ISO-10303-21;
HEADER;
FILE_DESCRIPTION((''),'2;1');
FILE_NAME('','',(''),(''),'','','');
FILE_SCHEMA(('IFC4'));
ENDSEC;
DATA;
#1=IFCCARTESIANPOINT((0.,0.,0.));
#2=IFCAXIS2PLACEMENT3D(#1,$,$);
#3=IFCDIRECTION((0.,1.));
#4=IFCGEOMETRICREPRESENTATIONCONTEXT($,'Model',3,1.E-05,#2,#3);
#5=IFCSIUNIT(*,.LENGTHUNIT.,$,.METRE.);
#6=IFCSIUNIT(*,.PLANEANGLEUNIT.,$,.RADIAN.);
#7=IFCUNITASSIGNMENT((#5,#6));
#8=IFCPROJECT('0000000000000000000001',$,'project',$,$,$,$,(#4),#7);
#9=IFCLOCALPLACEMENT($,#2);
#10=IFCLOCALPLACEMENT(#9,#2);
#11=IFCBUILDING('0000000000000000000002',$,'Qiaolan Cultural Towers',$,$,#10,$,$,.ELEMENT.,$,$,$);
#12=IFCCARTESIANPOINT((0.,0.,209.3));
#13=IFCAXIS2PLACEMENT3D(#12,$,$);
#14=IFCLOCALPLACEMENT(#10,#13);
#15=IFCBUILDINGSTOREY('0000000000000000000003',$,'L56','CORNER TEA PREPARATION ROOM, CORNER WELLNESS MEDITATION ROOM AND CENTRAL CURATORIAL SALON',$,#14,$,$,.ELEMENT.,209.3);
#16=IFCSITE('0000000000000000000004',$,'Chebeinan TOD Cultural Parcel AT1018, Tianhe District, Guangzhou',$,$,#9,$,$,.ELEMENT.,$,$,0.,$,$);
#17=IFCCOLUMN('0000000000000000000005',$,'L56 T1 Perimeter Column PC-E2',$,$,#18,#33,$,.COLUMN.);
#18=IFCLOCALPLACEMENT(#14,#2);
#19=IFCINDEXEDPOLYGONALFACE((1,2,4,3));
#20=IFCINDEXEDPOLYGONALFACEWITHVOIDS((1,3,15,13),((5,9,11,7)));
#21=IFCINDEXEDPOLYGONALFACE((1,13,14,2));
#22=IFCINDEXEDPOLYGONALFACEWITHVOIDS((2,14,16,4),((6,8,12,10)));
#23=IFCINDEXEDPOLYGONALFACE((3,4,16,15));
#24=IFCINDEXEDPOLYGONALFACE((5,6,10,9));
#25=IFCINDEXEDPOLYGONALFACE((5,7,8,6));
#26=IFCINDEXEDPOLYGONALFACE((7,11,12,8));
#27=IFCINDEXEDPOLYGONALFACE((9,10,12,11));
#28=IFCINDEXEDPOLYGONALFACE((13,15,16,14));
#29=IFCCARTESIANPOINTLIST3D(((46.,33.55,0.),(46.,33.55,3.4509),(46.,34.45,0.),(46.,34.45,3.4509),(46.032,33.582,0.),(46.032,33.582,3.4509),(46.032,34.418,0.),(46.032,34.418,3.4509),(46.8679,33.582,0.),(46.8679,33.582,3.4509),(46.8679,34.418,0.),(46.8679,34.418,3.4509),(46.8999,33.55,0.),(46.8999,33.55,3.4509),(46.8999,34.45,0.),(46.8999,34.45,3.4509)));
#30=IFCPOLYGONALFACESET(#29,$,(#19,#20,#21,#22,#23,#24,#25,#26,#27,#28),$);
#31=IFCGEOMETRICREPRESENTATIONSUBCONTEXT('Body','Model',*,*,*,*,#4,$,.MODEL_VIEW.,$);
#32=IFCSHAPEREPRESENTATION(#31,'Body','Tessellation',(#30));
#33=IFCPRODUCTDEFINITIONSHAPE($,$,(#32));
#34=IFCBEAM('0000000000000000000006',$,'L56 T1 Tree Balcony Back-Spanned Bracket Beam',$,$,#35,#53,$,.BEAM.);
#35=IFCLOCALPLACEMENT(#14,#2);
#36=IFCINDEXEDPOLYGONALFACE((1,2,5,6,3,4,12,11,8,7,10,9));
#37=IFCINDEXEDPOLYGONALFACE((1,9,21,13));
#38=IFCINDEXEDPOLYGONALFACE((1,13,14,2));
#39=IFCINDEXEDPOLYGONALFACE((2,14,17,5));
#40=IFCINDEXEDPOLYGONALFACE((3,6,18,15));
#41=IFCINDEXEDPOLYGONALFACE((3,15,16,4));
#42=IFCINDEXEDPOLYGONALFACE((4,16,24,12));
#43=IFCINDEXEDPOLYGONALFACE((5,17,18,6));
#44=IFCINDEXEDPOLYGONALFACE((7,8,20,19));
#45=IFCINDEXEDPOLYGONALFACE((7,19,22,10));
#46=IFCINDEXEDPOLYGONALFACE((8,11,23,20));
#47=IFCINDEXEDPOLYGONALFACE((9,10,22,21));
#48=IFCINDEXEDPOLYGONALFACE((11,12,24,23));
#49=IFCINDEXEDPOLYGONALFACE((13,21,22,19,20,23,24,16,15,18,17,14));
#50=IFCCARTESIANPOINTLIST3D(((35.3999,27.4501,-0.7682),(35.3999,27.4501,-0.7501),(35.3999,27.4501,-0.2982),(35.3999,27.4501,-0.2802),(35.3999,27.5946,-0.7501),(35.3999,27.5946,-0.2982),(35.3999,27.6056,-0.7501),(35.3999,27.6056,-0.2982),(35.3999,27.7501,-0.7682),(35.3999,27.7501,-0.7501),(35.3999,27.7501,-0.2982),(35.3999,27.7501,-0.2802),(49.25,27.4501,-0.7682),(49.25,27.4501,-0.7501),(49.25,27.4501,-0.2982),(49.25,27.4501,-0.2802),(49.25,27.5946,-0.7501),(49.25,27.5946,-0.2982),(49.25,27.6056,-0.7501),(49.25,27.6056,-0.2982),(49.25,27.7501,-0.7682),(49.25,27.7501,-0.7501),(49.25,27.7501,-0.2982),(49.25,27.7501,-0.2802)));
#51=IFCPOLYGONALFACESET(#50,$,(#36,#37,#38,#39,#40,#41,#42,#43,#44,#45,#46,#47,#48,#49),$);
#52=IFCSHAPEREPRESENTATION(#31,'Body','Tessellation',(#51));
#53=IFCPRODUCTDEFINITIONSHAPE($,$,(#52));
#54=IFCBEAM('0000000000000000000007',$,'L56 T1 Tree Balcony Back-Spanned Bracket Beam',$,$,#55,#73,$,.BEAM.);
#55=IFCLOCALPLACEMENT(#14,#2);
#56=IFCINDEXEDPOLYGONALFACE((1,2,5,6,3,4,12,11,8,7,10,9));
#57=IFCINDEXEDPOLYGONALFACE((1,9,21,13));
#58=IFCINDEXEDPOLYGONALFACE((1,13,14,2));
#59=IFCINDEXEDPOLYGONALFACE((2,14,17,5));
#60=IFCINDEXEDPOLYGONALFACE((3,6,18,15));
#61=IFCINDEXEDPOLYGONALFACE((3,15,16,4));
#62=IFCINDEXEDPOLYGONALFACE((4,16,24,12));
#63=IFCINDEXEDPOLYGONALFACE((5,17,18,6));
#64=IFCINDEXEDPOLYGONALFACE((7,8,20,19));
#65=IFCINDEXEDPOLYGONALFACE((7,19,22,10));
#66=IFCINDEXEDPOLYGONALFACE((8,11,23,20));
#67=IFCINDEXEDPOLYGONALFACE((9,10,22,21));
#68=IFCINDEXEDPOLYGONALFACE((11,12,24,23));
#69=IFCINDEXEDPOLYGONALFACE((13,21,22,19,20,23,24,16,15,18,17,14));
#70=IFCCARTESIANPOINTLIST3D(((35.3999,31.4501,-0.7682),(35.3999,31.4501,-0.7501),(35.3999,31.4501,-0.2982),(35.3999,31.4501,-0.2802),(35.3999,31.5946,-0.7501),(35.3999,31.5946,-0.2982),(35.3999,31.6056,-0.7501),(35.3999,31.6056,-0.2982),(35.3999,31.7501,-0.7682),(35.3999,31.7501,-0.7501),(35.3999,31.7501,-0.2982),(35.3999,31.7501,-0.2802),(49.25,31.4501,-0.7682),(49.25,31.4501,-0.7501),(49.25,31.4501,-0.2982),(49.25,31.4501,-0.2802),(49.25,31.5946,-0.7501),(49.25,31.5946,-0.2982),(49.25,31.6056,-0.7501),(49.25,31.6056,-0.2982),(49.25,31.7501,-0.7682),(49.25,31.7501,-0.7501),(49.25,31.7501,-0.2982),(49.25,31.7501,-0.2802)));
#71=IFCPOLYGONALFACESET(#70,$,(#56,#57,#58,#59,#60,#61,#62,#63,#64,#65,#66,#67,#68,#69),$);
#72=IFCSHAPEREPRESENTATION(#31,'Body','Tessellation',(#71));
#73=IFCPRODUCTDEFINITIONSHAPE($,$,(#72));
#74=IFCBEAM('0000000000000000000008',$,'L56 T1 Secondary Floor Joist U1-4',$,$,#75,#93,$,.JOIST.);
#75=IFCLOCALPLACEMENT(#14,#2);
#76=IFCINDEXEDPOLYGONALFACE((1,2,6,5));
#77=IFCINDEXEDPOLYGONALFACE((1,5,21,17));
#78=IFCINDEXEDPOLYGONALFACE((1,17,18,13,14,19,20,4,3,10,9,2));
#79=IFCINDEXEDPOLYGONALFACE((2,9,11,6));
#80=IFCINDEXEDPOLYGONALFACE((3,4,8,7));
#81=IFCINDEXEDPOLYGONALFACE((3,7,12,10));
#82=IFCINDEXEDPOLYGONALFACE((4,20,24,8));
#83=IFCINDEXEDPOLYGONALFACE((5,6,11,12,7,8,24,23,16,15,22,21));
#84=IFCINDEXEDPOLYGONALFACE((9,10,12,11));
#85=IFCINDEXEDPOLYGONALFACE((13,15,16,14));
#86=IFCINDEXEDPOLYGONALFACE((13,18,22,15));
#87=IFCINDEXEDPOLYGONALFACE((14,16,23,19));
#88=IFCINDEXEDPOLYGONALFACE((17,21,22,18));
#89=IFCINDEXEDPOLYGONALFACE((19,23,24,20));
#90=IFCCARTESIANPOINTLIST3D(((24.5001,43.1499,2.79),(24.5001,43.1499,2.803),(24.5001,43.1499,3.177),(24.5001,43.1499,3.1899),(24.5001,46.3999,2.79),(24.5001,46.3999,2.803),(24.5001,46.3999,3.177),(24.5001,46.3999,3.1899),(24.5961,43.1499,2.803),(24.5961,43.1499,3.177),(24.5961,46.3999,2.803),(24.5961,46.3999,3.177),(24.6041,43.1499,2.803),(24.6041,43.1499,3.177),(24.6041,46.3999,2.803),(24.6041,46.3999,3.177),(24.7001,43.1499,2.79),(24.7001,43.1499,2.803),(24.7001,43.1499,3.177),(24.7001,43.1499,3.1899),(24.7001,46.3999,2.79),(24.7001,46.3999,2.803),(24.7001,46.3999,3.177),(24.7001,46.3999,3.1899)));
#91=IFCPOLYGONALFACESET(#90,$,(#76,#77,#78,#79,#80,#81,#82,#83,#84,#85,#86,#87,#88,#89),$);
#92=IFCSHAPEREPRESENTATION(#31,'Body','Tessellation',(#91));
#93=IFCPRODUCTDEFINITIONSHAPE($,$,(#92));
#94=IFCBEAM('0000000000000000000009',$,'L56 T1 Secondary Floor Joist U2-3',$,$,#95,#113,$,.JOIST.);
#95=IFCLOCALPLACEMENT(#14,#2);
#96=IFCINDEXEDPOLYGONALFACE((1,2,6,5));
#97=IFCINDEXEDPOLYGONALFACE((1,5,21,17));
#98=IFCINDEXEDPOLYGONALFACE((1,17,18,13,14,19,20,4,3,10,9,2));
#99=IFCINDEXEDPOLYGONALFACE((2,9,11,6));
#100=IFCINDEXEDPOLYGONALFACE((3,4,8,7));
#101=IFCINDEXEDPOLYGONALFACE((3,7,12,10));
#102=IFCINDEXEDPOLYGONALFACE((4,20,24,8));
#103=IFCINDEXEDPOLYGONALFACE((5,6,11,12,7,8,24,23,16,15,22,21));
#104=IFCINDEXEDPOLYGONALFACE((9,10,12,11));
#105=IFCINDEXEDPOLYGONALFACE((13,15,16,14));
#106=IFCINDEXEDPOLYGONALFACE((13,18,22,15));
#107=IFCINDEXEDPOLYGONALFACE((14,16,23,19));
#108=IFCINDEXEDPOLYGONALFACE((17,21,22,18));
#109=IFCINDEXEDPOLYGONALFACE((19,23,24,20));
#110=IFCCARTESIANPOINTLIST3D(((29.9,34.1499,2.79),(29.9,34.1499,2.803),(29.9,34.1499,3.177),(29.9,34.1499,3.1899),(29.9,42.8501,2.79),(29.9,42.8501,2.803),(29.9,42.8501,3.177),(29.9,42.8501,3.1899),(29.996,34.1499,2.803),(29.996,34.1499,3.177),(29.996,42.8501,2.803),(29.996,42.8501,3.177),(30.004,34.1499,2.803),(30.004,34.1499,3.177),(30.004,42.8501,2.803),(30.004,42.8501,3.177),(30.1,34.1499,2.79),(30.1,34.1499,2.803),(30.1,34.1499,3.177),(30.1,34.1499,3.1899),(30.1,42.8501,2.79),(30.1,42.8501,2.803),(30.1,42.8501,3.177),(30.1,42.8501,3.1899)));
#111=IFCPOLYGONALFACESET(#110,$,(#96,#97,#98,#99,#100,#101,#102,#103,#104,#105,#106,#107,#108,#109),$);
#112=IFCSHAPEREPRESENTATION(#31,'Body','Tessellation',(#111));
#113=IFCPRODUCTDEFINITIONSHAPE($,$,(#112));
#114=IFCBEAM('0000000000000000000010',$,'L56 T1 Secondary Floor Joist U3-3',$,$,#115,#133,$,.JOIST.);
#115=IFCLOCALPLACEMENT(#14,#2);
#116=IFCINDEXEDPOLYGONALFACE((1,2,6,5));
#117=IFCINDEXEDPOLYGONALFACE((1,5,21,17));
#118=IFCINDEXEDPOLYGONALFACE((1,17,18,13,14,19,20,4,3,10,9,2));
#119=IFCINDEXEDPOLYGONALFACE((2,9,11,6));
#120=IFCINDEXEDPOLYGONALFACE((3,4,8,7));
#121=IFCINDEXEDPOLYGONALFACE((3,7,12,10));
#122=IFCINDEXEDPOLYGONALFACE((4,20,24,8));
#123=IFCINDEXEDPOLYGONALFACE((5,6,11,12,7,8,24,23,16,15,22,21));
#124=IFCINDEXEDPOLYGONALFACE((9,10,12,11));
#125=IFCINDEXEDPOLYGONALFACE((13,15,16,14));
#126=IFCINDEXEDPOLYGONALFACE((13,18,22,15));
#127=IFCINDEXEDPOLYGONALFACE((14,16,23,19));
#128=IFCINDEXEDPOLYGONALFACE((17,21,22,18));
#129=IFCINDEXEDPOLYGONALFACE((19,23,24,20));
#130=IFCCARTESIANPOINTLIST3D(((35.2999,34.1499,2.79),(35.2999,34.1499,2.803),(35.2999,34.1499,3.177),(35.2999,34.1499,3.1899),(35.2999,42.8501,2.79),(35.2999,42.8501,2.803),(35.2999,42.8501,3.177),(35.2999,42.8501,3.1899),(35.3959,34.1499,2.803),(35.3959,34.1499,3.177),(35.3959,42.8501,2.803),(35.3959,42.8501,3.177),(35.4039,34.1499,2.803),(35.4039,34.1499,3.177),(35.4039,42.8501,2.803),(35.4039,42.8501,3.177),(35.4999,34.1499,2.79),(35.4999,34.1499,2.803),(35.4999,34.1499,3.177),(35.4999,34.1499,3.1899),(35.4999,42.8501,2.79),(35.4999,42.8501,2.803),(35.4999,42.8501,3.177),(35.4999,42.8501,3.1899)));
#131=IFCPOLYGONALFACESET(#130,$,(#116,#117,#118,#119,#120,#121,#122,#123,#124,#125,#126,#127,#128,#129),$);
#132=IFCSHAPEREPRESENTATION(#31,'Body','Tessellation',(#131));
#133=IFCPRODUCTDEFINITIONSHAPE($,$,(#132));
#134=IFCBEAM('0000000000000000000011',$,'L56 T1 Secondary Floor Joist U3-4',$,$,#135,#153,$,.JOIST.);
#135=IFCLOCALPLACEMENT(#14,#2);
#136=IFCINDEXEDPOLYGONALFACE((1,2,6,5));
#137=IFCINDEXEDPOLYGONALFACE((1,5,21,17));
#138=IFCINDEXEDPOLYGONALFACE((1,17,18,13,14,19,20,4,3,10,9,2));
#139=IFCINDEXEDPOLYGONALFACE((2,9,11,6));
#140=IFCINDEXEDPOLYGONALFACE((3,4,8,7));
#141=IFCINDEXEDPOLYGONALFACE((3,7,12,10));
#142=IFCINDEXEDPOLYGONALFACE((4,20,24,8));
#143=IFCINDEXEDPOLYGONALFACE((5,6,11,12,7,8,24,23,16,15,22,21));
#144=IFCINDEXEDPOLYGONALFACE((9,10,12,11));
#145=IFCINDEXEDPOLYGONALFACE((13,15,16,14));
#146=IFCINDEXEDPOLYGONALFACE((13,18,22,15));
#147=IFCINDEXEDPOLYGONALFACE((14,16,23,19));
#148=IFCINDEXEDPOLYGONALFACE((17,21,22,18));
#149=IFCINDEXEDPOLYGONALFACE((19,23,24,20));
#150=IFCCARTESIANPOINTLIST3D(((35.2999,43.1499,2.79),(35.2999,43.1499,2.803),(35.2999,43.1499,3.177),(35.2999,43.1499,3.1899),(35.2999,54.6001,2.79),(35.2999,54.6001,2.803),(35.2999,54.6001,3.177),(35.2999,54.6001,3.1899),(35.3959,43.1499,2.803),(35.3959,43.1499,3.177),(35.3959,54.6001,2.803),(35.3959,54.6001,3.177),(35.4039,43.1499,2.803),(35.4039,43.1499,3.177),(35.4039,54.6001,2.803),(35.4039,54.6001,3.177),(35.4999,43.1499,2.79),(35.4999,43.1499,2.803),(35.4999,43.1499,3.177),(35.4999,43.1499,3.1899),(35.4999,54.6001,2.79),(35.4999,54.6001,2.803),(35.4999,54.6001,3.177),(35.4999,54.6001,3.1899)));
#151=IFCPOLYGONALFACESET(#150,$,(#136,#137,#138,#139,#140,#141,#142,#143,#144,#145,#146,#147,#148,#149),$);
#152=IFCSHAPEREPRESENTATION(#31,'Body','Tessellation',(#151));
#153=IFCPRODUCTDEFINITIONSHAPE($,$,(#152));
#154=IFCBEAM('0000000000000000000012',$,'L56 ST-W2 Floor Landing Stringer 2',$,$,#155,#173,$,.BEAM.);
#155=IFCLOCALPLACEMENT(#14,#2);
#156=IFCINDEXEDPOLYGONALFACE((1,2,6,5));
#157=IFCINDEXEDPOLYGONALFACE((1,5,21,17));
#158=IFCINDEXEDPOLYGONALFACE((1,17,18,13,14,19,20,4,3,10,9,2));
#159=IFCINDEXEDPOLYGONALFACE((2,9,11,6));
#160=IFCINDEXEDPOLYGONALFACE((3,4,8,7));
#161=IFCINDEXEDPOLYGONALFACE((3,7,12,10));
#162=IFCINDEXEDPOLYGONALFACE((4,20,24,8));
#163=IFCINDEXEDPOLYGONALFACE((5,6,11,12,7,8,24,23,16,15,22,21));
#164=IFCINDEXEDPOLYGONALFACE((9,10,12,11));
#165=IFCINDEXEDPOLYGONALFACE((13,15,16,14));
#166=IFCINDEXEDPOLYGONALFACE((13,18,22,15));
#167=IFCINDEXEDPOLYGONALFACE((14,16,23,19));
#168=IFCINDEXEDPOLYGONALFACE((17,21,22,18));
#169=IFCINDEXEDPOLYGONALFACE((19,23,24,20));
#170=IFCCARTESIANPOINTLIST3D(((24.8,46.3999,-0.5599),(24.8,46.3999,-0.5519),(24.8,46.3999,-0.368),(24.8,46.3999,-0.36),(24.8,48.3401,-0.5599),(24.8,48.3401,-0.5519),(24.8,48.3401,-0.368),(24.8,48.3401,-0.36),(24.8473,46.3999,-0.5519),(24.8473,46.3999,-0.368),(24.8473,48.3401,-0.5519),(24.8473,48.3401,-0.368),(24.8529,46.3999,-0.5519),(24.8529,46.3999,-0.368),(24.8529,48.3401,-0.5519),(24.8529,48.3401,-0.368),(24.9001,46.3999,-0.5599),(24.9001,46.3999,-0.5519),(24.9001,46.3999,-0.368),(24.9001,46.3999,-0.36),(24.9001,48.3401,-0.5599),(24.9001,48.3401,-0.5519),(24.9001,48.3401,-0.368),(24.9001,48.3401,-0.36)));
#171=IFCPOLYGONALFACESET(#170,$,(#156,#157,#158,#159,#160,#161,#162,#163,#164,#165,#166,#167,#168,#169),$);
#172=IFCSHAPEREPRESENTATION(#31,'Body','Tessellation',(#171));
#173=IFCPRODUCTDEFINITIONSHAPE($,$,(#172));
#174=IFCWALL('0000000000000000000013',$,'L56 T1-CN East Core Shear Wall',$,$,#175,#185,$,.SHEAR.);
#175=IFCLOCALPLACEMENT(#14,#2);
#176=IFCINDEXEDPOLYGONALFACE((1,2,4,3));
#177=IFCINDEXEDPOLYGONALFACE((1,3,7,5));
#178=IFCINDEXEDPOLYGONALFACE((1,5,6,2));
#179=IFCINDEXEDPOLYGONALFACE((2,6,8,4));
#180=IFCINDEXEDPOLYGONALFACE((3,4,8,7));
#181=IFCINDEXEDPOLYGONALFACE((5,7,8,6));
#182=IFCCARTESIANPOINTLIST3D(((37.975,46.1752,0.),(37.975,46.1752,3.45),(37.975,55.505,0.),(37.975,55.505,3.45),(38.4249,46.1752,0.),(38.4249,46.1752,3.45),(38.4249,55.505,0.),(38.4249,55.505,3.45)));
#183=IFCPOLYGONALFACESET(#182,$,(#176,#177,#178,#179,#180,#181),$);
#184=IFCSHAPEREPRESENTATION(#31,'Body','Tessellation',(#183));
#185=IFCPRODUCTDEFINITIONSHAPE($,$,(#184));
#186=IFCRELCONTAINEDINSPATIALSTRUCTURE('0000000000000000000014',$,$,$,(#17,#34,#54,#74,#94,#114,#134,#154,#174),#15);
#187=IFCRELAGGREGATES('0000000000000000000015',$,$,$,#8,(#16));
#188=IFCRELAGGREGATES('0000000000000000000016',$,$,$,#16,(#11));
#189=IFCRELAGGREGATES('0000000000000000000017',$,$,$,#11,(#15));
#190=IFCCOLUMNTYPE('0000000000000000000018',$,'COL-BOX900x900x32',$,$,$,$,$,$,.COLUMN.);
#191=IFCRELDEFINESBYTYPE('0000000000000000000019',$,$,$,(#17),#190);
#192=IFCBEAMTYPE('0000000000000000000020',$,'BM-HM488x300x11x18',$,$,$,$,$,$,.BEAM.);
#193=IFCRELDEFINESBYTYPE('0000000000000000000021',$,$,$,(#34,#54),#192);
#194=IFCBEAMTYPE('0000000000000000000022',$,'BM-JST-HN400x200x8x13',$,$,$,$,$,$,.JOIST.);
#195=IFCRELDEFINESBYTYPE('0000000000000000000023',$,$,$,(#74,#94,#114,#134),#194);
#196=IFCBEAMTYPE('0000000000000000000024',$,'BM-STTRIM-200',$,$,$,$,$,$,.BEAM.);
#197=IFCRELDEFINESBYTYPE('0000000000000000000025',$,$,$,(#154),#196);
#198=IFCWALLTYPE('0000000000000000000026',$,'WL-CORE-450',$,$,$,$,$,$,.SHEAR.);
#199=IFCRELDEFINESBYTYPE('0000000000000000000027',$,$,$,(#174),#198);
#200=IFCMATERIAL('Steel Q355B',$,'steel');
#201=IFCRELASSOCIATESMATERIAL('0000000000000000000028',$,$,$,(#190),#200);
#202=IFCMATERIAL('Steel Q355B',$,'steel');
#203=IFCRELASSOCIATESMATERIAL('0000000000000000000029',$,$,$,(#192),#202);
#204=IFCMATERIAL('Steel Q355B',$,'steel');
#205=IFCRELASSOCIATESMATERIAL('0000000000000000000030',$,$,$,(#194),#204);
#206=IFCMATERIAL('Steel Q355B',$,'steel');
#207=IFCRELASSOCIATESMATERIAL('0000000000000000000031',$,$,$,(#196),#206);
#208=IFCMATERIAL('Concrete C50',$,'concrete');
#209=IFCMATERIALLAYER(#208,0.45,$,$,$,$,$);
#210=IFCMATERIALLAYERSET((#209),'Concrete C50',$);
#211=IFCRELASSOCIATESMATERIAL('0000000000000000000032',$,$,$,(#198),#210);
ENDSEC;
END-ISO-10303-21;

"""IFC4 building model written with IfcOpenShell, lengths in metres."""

from ifc_helpers import new_model, si_unit, direction, frame, frame_2d, origin, origin_2d, place, context, subcontext, project, spatial, rectangle, hollow_rectangle, i_section, extrude, material, layer, layer_set, material_profile, profile_set, type_object, element, save


model = new_model("IFC4")

# Units and contexts
model_context = context("Model", 3, precision=1e-05, world=origin(), true_north=direction((0.0, 1.0)))
body_context = subcontext(model_context, "Body", "Model", "MODEL_VIEW")
ifc_project = project(units=[si_unit("LENGTHUNIT", "METRE"), si_unit("PLANEANGLEUNIT", "RADIAN")], contexts=[model_context])

# Site, building, storey
site_placement = place(None, origin())
site = spatial("IfcSite", under=ifc_project, at=site_placement, Name="Chebeinan TOD Cultural Parcel AT1018, Tianhe District, Guangzhou", CompositionType="ELEMENT", RefElevation=0.0)
building_placement = place(site_placement, origin())
building = spatial("IfcBuilding", under=site, at=building_placement, Name="Qiaolan Cultural Towers", CompositionType="ELEMENT")
storey_placement = place(building_placement, frame((0.0, 0.0, 209.3)))
storey = spatial("IfcBuildingStorey", under=building, at=storey_placement, Name="L56", Description="CORNER TEA PREPARATION ROOM, CORNER WELLNESS MEDITATION ROOM AND CENTRAL CURATORIAL SALON", CompositionType="ELEMENT", Elevation=209.3)

# Column
ifc_material_1 = material(Name="Steel Q355B", Category="steel")
ifc_material_profile_1 = material_profile(ifc_material_1, hollow_rectangle(XDim=0.8999, YDim=0.8999, WallThickness=0.032, at=origin_2d()), Name="BOX900x900x32")
ifc_profile_set_1 = profile_set([ifc_material_profile_1], Name="Steel Q355B")
column_type = type_object("IfcColumnType", Name="COL-BOX900x900x32", PredefinedType="COLUMN", material=ifc_profile_set_1)
column_placement = place(storey_placement, frame((46.45, 34.0, 0.0), z_axis=(0.0, 0.0, 1.0), x_axis=(1.0, 0.0, 0.0)))
element("IfcColumn", 1, at=column_placement, inside=storey, type_object=column_type, Name="L56 T1 Perimeter Column PC-E2", PredefinedType="COLUMN", context=body_context, shape_type="SweptSolid", body=[
    extrude(hollow_rectangle(XDim=0.8999, YDim=0.8999, WallThickness=0.032, at=origin_2d()), origin(), (0.0, 0.0, 1.0), 3.4509),
])

# Beams
ifc_material_2 = material(Name="Steel Q355B", Category="steel")
ifc_material_profile_2 = material_profile(ifc_material_2, i_section(OverallWidth=0.3, OverallDepth=0.488, WebThickness=0.011, FlangeThickness=0.0181, at=origin_2d()), Name="HM488x300x11x18")
ifc_profile_set_2 = profile_set([ifc_material_profile_2], Name="Steel Q355B")
beam_type_1 = type_object("IfcBeamType", Name="BM-HM488x300x11x18", PredefinedType="BEAM", material=ifc_profile_set_2)
for number, where, z_axis, x_axis, name in (
    (2, (35.3999, 27.6001, -0.5242), (1.0, 0.0, 0.0), (0.0, 1.0, 0.0), "L56 T1 Tree Balcony Back-Spanned Bracket Beam"),
    (3, (35.3999, 31.6001, -0.5242), (1.0, 0.0, 0.0), (0.0, 1.0, 0.0), "L56 T1 Tree Balcony Back-Spanned Bracket Beam"),
):
    element("IfcBeam", number, at=place(storey_placement, frame(where, z_axis=z_axis, x_axis=x_axis)), inside=storey, type_object=beam_type_1, Name=name, PredefinedType="BEAM", context=body_context, shape_type="SweptSolid", body=[
        extrude(i_section(OverallWidth=0.3, OverallDepth=0.488, WebThickness=0.011, FlangeThickness=0.0181, at=origin_2d()), origin(), (0.0, 0.0, 1.0), 13.8501),
    ])
ifc_material_3 = material(Name="Steel Q355B", Category="steel")
ifc_material_profile_3 = material_profile(ifc_material_3, i_section(OverallWidth=0.2, OverallDepth=0.3999, WebThickness=0.0081, FlangeThickness=0.0129, at=origin_2d()), Name="HN400x200x8x13")
ifc_profile_set_3 = profile_set([ifc_material_profile_3], Name="Steel Q355B")
beam_type_2 = type_object("IfcBeamType", Name="BM-JST-HN400x200x8x13", PredefinedType="JOIST", material=ifc_profile_set_3)
beam_1_placement = place(storey_placement, frame((24.6001, 43.1499, 2.99), z_axis=(0.0, 1.0, 0.0), x_axis=(-1.0, 0.0, 0.0)))
element("IfcBeam", 4, at=beam_1_placement, inside=storey, type_object=beam_type_2, Name="L56 T1 Secondary Floor Joist U1-4", PredefinedType="JOIST", context=body_context, shape_type="SweptSolid", body=[
    extrude(i_section(OverallWidth=0.2, OverallDepth=0.3999, WebThickness=0.0081, FlangeThickness=0.0129, at=origin_2d()), origin(), (0.0, 0.0, 1.0), 3.25),
])
for number, where, z_axis, x_axis, name in (
    (5, (30.0, 34.1499, 2.99), (0.0, 1.0, 0.0), (-1.0, 0.0, 0.0), "L56 T1 Secondary Floor Joist U2-3"),
    (6, (35.3999, 34.1499, 2.99), (0.0, 1.0, 0.0), (-1.0, 0.0, 0.0), "L56 T1 Secondary Floor Joist U3-3"),
):
    element("IfcBeam", number, at=place(storey_placement, frame(where, z_axis=z_axis, x_axis=x_axis)), inside=storey, type_object=beam_type_2, Name=name, PredefinedType="JOIST", context=body_context, shape_type="SweptSolid", body=[
        extrude(i_section(OverallWidth=0.2, OverallDepth=0.3999, WebThickness=0.0081, FlangeThickness=0.0129, at=origin_2d()), origin(), (0.0, 0.0, 1.0), 8.7002),
    ])
beam_2_placement = place(storey_placement, frame((35.3999, 43.1499, 2.99), z_axis=(0.0, 1.0, 0.0), x_axis=(-1.0, 0.0, 0.0)))
element("IfcBeam", 7, at=beam_2_placement, inside=storey, type_object=beam_type_2, Name="L56 T1 Secondary Floor Joist U3-4", PredefinedType="JOIST", context=body_context, shape_type="SweptSolid", body=[
    extrude(i_section(OverallWidth=0.2, OverallDepth=0.3999, WebThickness=0.0081, FlangeThickness=0.0129, at=origin_2d()), origin(), (0.0, 0.0, 1.0), 11.4502),
])
ifc_material_4 = material(Name="Steel Q355B", Category="steel")
ifc_material_profile_4 = material_profile(ifc_material_4, i_section(OverallWidth=0.1001, OverallDepth=0.2, WebThickness=0.0056, FlangeThickness=0.0081, at=origin_2d()), Name="HN200x100x5.5x8")
ifc_profile_set_4 = profile_set([ifc_material_profile_4], Name="Steel Q355B")
beam_type_3 = type_object("IfcBeamType", Name="BM-STTRIM-200", PredefinedType="BEAM", material=ifc_profile_set_4)
beam_3_placement = place(storey_placement, frame((24.8501, 46.3999, -0.46), z_axis=(0.0, 1.0, 0.0), x_axis=(-1.0, 0.0, 0.0)))
element("IfcBeam", 8, at=beam_3_placement, inside=storey, type_object=beam_type_3, Name="L56 ST-W2 Floor Landing Stringer 2", PredefinedType="BEAM", context=body_context, shape_type="SweptSolid", body=[
    extrude(i_section(OverallWidth=0.1001, OverallDepth=0.2, WebThickness=0.0056, FlangeThickness=0.0081, at=origin_2d()), origin(), (0.0, 0.0, 1.0), 1.9402),
])

# Wall
ifc_material_5 = material(Name="Concrete C50", Category="concrete")
ifc_layer_1 = layer(ifc_material_5, 0.45)
ifc_layer_set_1 = layer_set([ifc_layer_1], Name="Concrete C50")
wall_type_1 = type_object("IfcWallType", Name="WL-CORE-450", PredefinedType="SHEAR", material=ifc_layer_set_1)
wall_1_placement = place(storey_placement, frame((38.2, 46.175, 0.0), z_axis=(0.0, 0.0, 1.0), x_axis=(0.0, 1.0, 0.0)))
element("IfcWall", 9, at=wall_1_placement, inside=storey, type_object=wall_type_1, Name="L56 T1-CN East Core Shear Wall", PredefinedType="SHEAR", context=body_context, shape_type="SweptSolid", body=[
    extrude(rectangle(XDim=9.3298, YDim=0.45, at=frame_2d((4.665, 0.0))), origin(), (0.0, 0.0, 1.0), 3.45),
])

save(model, "model.ifc")
